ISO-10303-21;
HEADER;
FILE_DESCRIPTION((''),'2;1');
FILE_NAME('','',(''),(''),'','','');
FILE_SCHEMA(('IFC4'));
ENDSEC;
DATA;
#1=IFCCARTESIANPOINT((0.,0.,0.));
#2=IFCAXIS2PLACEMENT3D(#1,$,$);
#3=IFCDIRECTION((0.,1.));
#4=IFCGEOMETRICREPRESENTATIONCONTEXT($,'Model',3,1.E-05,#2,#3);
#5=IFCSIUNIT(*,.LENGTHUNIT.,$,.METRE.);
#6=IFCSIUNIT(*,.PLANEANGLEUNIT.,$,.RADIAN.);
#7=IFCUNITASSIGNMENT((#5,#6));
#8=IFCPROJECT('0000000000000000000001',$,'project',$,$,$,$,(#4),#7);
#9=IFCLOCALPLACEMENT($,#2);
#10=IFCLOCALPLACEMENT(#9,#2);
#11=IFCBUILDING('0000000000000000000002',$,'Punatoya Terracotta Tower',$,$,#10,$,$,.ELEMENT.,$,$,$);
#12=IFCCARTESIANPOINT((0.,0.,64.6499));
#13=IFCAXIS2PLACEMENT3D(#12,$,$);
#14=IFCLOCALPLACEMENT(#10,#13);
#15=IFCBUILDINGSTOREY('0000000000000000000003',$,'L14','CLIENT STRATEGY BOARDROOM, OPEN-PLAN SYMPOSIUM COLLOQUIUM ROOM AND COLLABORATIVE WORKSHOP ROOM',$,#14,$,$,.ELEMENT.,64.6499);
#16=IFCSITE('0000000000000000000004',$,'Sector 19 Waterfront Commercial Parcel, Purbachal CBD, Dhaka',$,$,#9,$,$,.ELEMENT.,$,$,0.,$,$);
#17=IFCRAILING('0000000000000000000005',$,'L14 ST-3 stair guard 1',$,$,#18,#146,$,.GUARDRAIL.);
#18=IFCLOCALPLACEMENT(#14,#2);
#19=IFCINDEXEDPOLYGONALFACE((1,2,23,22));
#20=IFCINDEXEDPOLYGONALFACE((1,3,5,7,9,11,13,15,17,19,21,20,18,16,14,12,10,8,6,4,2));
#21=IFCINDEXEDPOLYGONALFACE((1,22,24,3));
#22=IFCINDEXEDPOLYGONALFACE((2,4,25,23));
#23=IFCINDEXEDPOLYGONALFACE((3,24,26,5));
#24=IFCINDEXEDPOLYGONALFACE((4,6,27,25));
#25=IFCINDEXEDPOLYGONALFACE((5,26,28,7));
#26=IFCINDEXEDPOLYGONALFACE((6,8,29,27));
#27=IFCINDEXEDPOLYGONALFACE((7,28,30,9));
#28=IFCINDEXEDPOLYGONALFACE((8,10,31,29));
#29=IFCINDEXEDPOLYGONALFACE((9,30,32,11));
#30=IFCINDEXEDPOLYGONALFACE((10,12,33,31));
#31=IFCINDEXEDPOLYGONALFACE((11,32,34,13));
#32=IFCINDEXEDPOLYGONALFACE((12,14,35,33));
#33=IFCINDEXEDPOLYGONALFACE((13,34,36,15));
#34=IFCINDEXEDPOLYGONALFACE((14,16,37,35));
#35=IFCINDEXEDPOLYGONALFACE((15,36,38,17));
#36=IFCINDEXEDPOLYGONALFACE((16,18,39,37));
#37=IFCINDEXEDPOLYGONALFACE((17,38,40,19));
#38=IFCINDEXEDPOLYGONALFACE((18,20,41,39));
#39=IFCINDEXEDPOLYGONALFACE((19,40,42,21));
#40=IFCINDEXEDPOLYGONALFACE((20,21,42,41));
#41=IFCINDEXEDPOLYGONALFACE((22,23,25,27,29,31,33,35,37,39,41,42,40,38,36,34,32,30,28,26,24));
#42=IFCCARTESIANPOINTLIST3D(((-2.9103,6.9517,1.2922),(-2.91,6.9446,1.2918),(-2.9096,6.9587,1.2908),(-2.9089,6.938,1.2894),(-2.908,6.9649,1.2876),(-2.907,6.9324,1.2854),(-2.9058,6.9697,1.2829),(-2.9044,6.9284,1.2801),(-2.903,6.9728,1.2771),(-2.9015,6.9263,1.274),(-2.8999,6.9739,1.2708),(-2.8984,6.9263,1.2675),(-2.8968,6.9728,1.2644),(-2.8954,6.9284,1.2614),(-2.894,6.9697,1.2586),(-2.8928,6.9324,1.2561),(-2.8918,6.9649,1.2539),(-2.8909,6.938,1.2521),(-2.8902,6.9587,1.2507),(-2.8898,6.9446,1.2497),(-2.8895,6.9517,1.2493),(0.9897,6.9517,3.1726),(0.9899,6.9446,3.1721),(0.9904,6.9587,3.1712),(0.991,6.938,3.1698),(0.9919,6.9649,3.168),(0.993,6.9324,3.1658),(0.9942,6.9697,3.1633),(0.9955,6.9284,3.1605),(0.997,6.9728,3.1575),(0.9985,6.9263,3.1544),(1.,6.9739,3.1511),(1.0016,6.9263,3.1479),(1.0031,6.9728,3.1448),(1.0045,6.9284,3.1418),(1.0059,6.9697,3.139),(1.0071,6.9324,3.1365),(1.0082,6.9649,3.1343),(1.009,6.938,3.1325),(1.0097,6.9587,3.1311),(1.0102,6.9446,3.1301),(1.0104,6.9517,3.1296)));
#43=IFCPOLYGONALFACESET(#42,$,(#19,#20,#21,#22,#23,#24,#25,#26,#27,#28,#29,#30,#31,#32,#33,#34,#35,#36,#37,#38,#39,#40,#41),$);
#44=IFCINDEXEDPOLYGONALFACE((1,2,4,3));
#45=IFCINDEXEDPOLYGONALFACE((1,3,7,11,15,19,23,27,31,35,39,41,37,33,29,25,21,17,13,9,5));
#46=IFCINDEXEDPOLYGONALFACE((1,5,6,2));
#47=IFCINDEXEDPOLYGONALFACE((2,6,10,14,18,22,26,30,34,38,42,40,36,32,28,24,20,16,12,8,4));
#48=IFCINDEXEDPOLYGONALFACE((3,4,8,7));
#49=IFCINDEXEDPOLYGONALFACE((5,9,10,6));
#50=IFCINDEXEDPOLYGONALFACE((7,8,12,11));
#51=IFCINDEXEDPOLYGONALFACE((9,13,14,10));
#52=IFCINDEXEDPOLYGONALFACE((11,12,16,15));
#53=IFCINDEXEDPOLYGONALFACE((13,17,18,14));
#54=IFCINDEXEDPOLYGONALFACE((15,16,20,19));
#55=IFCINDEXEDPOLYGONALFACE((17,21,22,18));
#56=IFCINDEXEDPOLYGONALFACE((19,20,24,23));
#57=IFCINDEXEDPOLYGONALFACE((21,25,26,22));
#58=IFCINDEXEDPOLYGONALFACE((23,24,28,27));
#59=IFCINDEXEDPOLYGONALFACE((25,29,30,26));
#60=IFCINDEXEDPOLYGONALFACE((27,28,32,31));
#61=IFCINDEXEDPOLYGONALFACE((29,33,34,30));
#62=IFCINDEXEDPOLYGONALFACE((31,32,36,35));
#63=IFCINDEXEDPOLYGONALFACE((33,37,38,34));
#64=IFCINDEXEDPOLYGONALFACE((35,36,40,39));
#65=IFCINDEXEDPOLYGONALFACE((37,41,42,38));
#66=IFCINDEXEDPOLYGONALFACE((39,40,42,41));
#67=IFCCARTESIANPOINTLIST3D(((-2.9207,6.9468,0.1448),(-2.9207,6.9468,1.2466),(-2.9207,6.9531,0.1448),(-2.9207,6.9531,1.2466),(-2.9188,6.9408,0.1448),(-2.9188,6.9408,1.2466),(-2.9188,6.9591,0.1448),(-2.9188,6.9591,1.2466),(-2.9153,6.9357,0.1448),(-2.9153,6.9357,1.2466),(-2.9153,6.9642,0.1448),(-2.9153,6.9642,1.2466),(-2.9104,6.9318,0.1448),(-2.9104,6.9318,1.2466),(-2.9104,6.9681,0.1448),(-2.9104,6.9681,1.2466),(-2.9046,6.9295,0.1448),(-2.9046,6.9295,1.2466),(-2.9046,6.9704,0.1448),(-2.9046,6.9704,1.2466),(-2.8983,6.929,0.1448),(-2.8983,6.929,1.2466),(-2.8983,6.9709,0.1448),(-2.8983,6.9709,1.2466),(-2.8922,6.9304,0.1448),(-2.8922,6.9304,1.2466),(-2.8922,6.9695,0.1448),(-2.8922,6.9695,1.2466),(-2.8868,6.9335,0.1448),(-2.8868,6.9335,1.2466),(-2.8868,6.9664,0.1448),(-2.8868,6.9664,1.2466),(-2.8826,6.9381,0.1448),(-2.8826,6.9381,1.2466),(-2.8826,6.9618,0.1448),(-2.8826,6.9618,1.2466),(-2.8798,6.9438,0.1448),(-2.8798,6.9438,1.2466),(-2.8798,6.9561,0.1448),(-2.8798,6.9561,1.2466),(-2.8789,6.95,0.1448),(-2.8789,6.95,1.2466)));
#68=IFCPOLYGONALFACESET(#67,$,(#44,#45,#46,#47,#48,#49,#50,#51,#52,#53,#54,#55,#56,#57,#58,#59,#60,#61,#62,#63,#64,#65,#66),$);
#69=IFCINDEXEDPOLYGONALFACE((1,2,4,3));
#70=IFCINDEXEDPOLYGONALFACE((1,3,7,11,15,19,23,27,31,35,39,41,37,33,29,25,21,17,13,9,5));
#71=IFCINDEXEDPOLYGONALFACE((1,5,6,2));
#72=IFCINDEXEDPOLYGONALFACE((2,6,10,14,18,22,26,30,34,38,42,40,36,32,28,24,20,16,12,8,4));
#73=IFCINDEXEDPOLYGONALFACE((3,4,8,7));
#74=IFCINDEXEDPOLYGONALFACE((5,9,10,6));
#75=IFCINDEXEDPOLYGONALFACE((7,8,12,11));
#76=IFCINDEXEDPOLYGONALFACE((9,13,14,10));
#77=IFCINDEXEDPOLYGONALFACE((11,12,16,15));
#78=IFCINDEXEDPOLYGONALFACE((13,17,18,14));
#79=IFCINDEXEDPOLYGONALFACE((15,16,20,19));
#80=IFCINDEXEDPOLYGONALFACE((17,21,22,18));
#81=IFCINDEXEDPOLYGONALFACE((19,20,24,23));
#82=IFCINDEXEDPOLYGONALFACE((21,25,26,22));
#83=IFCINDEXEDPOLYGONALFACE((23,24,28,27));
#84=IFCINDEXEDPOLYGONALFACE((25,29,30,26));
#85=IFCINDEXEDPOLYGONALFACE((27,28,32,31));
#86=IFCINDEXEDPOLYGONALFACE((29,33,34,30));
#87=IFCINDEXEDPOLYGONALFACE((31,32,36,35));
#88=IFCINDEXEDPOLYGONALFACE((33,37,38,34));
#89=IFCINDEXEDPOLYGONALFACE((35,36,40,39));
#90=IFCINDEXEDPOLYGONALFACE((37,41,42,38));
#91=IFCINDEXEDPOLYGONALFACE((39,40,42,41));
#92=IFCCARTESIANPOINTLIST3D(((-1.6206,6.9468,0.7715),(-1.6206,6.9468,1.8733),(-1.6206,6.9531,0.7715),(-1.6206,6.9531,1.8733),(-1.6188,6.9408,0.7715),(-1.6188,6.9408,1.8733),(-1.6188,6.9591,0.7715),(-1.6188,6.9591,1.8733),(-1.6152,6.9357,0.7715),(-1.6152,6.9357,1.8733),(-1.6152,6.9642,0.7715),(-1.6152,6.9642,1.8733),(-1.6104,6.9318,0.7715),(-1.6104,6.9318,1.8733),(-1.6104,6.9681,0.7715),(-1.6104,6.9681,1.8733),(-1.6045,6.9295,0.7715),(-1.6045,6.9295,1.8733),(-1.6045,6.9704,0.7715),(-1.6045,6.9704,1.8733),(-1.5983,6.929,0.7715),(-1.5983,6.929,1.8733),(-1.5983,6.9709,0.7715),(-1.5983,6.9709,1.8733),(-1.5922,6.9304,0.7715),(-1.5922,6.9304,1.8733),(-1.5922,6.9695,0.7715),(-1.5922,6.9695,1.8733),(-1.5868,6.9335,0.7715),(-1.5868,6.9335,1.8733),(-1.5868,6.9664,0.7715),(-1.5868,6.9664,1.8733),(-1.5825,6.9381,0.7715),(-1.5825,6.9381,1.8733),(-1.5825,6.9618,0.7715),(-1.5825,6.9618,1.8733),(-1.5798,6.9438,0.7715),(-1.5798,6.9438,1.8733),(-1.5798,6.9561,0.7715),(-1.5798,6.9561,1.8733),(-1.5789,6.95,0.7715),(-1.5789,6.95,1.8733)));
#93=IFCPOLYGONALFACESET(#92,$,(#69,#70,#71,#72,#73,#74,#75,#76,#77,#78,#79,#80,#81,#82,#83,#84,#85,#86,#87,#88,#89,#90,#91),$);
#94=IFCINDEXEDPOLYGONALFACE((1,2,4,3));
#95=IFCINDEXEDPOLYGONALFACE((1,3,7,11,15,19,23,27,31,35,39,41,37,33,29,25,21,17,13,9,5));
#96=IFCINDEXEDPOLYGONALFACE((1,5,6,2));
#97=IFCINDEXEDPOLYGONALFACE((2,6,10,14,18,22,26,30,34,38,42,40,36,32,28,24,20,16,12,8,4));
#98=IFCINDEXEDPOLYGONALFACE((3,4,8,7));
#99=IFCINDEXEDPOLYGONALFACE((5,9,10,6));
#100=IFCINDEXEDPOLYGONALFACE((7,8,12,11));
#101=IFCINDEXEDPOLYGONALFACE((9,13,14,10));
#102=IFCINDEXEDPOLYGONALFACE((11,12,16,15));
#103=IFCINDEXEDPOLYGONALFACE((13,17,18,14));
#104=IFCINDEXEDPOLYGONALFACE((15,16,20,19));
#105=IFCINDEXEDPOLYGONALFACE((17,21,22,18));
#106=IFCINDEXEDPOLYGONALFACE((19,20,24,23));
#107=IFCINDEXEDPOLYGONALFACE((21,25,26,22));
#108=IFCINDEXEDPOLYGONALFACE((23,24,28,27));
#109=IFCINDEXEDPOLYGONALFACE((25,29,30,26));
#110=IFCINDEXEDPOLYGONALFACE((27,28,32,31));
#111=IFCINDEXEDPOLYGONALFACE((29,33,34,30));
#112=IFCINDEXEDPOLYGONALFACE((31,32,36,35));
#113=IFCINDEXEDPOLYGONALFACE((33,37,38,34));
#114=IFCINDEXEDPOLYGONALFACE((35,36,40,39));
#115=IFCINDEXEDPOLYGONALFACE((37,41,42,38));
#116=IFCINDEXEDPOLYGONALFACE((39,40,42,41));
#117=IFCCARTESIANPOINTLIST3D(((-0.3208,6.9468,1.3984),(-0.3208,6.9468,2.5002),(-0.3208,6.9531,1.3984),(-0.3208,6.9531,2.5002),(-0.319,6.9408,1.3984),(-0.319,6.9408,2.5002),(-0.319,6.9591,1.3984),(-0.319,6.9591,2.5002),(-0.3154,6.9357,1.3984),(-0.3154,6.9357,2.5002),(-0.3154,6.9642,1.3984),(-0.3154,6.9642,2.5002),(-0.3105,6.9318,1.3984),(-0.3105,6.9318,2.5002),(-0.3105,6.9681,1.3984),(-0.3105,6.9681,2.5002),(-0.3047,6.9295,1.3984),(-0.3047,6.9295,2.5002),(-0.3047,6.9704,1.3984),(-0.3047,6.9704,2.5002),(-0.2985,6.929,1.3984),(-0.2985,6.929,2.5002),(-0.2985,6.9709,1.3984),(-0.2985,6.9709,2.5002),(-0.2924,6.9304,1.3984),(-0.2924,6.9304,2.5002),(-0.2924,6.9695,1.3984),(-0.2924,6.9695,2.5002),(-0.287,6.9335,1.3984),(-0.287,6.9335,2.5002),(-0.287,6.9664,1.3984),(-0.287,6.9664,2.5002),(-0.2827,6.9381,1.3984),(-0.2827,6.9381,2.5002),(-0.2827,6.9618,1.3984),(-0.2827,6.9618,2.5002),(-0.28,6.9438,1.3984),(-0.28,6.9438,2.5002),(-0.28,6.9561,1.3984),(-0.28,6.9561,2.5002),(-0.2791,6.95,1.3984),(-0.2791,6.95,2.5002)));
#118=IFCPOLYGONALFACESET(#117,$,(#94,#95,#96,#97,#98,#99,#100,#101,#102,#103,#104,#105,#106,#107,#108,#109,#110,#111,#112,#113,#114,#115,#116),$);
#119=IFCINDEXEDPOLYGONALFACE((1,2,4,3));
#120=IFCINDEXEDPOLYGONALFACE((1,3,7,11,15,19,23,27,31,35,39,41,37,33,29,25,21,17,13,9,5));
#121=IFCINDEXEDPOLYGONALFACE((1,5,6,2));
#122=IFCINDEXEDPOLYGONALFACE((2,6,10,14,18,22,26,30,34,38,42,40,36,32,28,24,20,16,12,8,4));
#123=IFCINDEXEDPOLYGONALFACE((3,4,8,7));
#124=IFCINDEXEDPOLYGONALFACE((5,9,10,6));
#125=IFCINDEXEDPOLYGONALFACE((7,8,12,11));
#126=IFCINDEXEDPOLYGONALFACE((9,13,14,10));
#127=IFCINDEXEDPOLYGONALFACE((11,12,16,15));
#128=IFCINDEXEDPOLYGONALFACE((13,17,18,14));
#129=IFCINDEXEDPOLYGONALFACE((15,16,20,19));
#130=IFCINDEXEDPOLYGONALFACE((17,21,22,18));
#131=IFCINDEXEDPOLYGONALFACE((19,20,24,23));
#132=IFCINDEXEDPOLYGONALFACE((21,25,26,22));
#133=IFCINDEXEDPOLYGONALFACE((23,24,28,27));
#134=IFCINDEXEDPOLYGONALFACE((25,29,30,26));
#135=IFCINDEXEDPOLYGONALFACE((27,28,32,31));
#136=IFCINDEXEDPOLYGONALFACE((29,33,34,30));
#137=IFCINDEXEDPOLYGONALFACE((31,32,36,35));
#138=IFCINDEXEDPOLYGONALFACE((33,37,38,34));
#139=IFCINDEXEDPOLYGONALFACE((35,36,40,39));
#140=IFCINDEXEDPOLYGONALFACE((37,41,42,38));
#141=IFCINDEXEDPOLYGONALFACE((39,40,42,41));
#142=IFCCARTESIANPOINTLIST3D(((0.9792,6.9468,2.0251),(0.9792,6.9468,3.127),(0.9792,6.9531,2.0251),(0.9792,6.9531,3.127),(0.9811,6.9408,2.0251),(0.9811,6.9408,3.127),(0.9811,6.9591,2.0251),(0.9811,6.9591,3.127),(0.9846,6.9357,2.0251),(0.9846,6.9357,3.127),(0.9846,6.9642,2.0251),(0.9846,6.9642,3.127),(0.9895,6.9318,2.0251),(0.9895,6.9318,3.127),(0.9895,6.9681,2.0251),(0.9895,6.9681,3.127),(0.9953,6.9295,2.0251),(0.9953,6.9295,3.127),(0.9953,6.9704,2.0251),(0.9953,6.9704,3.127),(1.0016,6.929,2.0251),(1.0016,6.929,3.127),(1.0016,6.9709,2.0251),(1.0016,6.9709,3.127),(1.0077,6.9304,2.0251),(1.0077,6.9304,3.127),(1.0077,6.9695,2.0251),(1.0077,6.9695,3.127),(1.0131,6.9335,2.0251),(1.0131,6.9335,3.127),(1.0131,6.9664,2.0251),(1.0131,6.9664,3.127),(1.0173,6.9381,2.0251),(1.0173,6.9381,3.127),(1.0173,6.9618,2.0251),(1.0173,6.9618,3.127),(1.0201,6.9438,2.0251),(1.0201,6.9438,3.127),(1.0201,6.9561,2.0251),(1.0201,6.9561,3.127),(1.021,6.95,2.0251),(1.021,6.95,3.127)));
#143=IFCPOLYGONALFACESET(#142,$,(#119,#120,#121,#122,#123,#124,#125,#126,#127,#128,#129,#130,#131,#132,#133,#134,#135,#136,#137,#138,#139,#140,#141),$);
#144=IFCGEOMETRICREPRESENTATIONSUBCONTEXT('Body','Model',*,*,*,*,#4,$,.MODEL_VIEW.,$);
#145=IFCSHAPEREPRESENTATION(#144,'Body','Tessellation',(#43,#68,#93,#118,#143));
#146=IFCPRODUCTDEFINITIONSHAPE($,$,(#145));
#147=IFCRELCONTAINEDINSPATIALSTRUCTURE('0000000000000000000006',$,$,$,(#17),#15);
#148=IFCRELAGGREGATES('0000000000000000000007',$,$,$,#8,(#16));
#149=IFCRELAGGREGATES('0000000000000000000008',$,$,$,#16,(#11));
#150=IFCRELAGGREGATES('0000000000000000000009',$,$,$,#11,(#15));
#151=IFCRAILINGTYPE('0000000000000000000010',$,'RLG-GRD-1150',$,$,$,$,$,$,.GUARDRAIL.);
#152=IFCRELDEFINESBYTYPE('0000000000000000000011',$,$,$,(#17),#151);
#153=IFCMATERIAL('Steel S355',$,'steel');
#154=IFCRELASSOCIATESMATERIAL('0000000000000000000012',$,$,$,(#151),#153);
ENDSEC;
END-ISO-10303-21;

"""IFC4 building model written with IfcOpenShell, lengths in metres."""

from ifc_helpers import new_model, si_unit, direction, frame, origin, origin_2d, place, context, subcontext, project, spatial, circle, extrude, material, type_object, element, save


model = new_model("IFC4")

# Units and contexts
model_context = context("Model", 3, precision=1e-05, world=origin(), true_north=direction((0.0, 1.0)))
body_context = subcontext(model_context, "Body", "Model", "MODEL_VIEW")
ifc_project = project(units=[si_unit("LENGTHUNIT", "METRE"), si_unit("PLANEANGLEUNIT", "RADIAN")], contexts=[model_context])

# Site, building, storey
site_placement = place(None, origin())
site = spatial("IfcSite", under=ifc_project, at=site_placement, Name="Sector 19 Waterfront Commercial Parcel, Purbachal CBD, Dhaka", CompositionType="ELEMENT", RefElevation=0.0)
building_placement = place(site_placement, origin())
building = spatial("IfcBuilding", under=site, at=building_placement, Name="Punatoya Terracotta Tower", CompositionType="ELEMENT")
storey_placement = place(building_placement, frame((0.0, 0.0, 64.6499)))
storey = spatial("IfcBuildingStorey", under=building, at=storey_placement, Name="L14", Description="CLIENT STRATEGY BOARDROOM, OPEN-PLAN SYMPOSIUM COLLOQUIUM ROOM AND COLLABORATIVE WORKSHOP ROOM", CompositionType="ELEMENT", Elevation=64.6499)

# Shared definitions
ifc_material_1 = material(Name="Steel S355", Category="steel")

# Railing
railing_type_1 = type_object("IfcRailingType", Name="RLG-GRD-1150", PredefinedType="GUARDRAIL", material=ifc_material_1)
railing_1_placement = place(storey_placement, frame((-2.8999, 6.95, 0.1448)))
element("IfcRailing", 1, at=railing_1_placement, inside=storey, type_object=railing_type_1, Name="L14 ST-3 stair guard 1", PredefinedType="GUARDRAIL", context=body_context, shape_type="SweptSolid", body=[
    extrude(circle(Radius=0.0239, at=origin_2d()), frame((0.0, 0.0, 1.126), z_axis=(0.900763, 0.0, 0.434311), x_axis=(0.0, 1.0, 0.0)), (0.0, 0.0, 1.0), 4.3296),
    extrude(circle(Radius=0.021, at=origin_2d()), origin(), (0.0, 0.0, 1.0), 1.1018),
    extrude(circle(Radius=0.021, at=origin_2d()), frame((1.3, 0.0, 0.6267)), (0.0, 0.0, 1.0), 1.1018),
    extrude(circle(Radius=0.021, at=origin_2d()), frame((2.5999, 0.0, 1.2537)), (0.0, 0.0, 1.0), 1.1018),
    extrude(circle(Radius=0.021, at=origin_2d()), frame((3.8999, 0.0, 1.8804)), (0.0, 0.0, 1.0), 1.1018),
])

save(model, "model.ifc")
